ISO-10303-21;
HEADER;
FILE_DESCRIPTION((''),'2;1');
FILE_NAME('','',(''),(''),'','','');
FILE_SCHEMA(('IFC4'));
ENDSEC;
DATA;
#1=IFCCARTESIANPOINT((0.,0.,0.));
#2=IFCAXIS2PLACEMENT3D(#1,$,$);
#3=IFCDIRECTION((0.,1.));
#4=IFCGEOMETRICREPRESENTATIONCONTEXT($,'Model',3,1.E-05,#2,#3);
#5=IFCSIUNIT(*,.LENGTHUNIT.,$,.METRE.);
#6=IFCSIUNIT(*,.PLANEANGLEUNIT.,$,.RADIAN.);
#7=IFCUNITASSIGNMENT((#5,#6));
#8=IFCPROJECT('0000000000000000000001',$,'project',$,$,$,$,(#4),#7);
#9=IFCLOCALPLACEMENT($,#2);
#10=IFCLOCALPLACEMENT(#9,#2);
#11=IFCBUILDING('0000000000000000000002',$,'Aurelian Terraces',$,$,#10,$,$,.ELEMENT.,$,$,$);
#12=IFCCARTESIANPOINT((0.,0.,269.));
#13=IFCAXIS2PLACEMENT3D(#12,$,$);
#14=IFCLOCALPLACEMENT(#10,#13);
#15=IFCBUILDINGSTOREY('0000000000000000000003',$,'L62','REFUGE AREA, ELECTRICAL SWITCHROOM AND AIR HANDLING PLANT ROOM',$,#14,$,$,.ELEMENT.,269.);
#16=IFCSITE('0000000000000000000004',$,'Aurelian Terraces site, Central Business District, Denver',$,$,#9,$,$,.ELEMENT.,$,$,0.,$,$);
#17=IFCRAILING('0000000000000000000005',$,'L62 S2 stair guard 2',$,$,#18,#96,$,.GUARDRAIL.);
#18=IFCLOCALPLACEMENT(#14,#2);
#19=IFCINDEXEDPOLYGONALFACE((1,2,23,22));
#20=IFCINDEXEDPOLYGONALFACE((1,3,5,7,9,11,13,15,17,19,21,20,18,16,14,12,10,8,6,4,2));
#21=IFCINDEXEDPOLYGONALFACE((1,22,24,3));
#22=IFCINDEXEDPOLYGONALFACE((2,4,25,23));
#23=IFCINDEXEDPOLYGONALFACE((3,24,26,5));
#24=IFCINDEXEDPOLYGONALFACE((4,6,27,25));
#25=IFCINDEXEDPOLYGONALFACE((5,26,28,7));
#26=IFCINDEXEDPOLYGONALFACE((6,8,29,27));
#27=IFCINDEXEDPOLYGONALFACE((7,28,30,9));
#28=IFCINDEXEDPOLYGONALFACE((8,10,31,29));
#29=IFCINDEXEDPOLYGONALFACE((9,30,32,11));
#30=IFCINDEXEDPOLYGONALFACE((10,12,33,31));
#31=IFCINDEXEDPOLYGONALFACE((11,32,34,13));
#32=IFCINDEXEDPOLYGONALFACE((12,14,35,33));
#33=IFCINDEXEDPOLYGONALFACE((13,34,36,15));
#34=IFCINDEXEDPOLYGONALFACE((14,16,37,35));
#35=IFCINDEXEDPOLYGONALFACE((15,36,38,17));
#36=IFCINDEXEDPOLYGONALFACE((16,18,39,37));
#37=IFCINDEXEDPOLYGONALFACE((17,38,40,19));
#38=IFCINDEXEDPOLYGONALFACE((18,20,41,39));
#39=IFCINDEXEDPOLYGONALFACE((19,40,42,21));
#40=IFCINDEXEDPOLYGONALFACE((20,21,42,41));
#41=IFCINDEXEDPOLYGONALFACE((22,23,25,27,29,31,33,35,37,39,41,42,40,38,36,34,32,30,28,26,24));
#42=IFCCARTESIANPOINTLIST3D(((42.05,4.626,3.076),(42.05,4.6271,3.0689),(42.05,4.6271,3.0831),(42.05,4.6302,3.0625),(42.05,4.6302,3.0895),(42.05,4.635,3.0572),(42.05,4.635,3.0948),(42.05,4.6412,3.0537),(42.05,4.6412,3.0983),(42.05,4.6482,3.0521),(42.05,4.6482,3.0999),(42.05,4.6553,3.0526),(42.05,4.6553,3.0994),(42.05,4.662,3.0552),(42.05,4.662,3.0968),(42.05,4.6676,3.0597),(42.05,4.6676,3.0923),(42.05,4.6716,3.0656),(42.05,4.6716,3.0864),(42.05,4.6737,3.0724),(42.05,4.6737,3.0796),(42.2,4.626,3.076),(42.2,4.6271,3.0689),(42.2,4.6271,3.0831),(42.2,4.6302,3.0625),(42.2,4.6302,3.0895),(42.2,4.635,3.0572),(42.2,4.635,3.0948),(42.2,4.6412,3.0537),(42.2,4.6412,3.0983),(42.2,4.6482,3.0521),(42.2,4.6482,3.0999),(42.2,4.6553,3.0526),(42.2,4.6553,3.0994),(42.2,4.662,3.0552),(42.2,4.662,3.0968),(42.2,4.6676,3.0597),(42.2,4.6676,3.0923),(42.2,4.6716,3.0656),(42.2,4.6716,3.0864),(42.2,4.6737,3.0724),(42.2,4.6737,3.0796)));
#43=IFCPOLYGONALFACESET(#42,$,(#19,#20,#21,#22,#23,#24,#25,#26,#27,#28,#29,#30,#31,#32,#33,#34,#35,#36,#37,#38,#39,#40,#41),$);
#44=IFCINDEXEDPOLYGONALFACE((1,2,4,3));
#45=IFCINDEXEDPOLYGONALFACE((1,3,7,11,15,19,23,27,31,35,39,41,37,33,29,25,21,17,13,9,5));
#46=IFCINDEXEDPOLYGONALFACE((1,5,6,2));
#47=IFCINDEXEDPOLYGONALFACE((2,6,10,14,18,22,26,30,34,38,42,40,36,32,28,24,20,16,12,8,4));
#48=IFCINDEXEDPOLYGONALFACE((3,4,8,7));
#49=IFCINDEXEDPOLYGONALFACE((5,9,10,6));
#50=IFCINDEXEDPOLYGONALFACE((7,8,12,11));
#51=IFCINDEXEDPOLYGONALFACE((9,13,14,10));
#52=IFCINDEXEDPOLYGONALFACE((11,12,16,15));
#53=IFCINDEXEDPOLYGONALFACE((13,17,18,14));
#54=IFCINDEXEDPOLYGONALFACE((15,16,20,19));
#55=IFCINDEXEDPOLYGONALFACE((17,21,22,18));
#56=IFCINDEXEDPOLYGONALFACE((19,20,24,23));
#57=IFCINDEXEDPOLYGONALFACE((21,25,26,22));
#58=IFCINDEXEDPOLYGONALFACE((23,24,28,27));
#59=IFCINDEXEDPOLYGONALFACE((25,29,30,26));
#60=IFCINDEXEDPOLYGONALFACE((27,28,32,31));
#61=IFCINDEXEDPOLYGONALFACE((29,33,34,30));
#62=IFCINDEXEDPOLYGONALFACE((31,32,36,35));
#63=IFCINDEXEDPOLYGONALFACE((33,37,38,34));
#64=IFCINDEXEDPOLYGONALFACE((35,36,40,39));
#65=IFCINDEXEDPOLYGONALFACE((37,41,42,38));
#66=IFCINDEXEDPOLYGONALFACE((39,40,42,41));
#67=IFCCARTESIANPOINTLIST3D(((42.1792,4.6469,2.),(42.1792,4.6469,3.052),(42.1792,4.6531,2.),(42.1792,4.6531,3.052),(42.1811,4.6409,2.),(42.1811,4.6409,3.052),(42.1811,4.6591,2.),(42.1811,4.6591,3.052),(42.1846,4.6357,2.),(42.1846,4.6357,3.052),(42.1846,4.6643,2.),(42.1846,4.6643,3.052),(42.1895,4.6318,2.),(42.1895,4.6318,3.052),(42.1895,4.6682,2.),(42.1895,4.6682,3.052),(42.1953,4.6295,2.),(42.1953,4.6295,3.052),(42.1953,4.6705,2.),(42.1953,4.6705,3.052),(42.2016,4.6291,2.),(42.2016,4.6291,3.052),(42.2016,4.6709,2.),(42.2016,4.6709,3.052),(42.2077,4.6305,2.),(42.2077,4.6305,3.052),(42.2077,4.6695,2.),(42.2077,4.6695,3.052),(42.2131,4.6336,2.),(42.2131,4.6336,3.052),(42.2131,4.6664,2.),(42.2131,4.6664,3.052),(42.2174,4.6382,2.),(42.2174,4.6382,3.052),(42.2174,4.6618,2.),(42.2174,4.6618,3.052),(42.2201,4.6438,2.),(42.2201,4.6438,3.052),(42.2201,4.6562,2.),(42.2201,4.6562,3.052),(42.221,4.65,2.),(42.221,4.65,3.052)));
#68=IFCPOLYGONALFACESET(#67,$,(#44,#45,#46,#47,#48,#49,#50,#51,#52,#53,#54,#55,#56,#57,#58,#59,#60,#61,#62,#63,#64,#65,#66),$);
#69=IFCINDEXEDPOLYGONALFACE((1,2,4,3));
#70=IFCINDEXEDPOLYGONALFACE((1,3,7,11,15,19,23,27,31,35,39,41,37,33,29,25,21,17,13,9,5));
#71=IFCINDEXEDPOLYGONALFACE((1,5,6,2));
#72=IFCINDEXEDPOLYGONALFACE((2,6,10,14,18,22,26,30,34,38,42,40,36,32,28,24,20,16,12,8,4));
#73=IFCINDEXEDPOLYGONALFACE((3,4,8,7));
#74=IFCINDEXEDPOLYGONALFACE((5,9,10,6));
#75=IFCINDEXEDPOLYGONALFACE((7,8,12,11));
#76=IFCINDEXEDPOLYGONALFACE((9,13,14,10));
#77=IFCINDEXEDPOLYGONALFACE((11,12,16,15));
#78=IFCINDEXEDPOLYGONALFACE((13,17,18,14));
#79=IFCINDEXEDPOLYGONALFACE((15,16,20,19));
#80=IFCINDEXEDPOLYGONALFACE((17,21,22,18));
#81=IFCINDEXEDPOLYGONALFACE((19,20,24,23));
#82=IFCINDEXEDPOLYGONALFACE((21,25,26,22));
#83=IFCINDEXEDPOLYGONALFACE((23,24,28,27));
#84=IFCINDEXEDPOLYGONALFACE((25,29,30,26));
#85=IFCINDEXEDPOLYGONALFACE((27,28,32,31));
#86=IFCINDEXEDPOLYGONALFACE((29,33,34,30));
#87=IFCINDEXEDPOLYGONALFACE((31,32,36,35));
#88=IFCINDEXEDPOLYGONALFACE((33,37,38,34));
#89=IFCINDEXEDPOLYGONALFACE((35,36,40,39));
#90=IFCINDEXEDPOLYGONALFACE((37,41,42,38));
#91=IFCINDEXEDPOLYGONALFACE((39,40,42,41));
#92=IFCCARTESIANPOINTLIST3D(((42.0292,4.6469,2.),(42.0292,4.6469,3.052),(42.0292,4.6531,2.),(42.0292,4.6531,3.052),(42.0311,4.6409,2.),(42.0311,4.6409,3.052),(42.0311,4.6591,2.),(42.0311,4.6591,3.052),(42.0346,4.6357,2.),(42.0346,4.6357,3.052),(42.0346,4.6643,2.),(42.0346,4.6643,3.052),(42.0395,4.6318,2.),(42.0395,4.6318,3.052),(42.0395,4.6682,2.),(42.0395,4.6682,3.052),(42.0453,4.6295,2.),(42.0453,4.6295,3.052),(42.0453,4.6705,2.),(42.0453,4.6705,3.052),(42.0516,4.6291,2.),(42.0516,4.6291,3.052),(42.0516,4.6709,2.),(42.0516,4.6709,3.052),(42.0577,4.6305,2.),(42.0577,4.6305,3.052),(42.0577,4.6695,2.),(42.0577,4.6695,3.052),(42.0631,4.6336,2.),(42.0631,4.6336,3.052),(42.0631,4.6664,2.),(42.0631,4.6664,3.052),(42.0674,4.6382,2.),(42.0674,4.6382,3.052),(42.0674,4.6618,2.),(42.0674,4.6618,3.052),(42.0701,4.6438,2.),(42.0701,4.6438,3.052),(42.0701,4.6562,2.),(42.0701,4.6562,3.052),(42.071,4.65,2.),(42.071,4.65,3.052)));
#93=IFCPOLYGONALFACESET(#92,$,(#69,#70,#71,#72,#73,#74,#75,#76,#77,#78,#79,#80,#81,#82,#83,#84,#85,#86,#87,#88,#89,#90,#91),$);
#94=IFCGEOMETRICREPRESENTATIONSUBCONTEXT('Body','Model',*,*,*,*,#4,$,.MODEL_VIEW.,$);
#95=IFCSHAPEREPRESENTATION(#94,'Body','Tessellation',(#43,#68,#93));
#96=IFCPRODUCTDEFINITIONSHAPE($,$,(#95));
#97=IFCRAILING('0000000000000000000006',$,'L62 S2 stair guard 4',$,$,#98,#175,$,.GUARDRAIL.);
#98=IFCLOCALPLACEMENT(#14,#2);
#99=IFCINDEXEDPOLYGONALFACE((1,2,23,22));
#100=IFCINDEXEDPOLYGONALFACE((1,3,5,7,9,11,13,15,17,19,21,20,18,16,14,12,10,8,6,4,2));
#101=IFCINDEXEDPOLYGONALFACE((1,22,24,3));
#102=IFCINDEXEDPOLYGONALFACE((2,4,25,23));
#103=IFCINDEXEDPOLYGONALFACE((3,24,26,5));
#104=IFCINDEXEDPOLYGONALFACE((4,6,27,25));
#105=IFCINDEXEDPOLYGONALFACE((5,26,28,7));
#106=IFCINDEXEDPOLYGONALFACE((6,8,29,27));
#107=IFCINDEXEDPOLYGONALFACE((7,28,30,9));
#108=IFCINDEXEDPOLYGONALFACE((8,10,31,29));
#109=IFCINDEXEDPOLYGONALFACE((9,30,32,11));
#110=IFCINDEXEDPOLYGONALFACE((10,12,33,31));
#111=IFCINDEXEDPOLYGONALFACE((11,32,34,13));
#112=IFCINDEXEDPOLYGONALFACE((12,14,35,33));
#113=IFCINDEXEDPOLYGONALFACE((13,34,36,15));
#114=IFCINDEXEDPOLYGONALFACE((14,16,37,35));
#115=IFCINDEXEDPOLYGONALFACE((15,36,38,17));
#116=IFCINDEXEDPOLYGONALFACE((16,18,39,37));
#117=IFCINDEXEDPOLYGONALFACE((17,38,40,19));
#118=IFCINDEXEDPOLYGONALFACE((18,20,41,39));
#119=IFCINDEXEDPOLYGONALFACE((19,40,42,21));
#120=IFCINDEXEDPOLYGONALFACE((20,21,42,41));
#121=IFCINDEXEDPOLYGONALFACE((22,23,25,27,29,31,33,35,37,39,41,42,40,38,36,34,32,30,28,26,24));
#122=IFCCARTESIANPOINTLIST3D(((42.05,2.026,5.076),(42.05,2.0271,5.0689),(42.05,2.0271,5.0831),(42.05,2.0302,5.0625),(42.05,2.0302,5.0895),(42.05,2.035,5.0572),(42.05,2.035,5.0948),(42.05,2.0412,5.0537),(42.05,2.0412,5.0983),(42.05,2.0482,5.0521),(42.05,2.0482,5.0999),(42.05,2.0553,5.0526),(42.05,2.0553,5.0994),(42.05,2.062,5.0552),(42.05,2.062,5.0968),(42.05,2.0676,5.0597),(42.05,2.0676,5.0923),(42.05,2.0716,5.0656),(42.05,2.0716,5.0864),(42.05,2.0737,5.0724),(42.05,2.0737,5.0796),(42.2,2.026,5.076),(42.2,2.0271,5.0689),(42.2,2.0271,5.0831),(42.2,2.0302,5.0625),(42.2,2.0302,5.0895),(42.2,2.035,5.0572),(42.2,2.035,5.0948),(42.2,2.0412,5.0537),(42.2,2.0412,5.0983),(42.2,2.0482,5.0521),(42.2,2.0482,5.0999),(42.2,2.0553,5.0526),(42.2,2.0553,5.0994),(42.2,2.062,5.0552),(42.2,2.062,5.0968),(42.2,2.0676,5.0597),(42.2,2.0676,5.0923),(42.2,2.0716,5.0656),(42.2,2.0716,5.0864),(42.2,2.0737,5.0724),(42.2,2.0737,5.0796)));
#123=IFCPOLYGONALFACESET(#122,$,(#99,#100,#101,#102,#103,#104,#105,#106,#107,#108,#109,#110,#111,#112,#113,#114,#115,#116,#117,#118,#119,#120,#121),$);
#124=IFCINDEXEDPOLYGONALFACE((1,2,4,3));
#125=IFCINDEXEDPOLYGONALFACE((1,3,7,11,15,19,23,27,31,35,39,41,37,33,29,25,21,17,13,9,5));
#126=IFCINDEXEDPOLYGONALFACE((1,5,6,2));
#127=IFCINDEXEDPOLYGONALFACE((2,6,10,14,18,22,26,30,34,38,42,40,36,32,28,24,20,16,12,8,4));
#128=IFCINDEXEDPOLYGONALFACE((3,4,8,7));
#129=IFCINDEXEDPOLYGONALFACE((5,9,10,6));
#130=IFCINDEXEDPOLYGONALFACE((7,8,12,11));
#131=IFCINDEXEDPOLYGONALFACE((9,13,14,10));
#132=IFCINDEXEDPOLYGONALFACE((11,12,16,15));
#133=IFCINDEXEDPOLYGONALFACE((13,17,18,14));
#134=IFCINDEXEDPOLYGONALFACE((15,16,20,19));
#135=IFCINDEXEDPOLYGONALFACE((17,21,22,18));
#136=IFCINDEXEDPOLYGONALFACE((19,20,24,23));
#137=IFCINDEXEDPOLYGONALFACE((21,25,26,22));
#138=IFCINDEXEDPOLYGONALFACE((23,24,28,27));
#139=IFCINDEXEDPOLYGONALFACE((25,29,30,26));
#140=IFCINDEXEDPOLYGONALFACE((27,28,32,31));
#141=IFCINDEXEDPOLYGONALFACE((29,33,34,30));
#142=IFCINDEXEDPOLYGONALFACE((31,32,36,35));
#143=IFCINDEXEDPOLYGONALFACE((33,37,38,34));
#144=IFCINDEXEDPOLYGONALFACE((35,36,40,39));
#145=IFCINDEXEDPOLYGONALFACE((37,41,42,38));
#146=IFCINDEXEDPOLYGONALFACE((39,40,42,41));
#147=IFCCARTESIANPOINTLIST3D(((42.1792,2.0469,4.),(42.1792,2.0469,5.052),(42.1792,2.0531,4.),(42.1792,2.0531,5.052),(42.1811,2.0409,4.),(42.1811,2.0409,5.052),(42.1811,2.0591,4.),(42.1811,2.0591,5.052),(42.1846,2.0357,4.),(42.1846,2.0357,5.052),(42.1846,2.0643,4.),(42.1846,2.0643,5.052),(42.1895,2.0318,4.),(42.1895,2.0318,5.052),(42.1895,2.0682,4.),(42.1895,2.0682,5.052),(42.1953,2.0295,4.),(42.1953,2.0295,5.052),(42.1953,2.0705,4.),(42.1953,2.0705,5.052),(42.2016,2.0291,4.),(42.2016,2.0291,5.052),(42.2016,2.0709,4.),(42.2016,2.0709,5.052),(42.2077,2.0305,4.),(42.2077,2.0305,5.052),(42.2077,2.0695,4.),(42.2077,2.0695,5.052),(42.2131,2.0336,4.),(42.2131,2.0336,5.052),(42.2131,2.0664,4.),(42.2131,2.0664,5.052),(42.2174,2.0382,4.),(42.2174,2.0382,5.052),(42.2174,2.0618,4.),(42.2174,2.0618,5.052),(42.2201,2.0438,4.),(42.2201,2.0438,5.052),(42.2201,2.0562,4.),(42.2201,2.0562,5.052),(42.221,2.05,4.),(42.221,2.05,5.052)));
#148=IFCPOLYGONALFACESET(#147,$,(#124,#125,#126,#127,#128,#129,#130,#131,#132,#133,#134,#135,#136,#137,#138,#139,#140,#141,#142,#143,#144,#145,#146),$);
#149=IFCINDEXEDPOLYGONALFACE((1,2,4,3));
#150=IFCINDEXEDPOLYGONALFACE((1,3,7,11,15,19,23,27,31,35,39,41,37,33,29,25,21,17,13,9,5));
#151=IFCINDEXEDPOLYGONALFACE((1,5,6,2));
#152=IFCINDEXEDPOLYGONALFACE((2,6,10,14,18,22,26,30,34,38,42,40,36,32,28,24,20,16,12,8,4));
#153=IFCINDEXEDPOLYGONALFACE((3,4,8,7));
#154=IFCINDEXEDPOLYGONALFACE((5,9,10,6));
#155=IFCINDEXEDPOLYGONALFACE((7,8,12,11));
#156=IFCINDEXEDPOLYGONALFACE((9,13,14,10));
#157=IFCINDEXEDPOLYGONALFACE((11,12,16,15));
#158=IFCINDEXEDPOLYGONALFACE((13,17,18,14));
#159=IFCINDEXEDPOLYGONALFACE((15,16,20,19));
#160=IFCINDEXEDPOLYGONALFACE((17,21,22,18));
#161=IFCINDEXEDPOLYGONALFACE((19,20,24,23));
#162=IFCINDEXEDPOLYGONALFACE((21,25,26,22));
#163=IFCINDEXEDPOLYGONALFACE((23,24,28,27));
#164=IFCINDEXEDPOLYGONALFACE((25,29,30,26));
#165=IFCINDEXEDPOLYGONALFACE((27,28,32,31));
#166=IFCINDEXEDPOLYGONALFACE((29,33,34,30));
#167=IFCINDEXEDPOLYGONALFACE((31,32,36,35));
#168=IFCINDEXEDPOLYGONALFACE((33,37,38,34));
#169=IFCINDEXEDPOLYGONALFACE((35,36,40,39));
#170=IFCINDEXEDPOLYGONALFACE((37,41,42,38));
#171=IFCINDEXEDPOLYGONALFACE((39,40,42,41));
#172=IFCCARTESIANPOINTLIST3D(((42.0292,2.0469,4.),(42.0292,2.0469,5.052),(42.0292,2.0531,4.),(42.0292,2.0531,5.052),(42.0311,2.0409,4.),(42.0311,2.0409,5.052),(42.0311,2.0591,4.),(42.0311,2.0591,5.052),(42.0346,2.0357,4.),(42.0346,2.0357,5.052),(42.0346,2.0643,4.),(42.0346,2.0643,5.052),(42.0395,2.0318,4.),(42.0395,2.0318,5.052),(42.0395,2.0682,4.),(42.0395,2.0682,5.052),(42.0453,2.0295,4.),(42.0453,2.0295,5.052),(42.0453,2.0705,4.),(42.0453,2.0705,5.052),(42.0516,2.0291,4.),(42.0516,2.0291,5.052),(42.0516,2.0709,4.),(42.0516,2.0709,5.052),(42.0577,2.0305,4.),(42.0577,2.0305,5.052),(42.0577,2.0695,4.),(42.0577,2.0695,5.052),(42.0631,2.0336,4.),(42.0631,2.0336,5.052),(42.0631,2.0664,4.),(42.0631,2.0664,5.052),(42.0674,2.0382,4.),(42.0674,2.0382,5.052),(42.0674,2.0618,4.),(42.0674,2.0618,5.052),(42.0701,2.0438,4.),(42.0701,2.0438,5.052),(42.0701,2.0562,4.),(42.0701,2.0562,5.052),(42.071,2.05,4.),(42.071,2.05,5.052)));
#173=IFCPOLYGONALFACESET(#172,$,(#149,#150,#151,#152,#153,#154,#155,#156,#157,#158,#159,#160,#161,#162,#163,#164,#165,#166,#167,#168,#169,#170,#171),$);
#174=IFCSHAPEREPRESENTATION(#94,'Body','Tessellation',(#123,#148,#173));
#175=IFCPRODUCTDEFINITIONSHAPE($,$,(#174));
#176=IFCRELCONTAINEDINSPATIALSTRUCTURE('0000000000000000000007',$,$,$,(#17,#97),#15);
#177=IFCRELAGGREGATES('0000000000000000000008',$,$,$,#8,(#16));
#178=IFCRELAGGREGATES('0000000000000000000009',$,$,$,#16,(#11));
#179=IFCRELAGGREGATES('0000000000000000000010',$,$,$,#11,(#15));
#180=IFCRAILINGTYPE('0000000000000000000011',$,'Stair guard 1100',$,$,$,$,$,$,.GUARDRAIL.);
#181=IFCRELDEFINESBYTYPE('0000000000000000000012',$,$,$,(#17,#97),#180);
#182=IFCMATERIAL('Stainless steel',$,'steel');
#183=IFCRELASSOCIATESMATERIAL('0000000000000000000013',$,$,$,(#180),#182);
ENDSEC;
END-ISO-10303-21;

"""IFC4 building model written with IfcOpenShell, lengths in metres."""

from ifc_helpers import new_model, si_unit, direction, frame, origin, origin_2d, place, context, subcontext, project, spatial, circle, extrude, source, transform, mapped, material, type_object, element, save


model = new_model("IFC4")

# Units and contexts
model_context = context("Model", 3, precision=1e-05, world=origin(), true_north=direction((0.0, 1.0)))
body_context = subcontext(model_context, "Body", "Model", "MODEL_VIEW")
ifc_project = project(units=[si_unit("LENGTHUNIT", "METRE"), si_unit("PLANEANGLEUNIT", "RADIAN")], contexts=[model_context])

# Site, building, storey
site_placement = place(None, origin())
site = spatial("IfcSite", under=ifc_project, at=site_placement, Name="Aurelian Terraces site, Central Business District, Denver", CompositionType="ELEMENT", RefElevation=0.0)
building_placement = place(site_placement, origin())
building = spatial("IfcBuilding", under=site, at=building_placement, Name="Aurelian Terraces", CompositionType="ELEMENT")
storey_placement = place(building_placement, frame((0.0, 0.0, 269.0)))
storey = spatial("IfcBuildingStorey", under=building, at=storey_placement, Name="L62", Description="REFUGE AREA, ELECTRICAL SWITCHROOM AND AIR HANDLING PLANT ROOM", CompositionType="ELEMENT", Elevation=269.0)

# Railings
ifc_material_1 = material(Name="Stainless steel", Category="steel")
railing_type_1 = type_object("IfcRailingType", Name="Stair guard 1100", PredefinedType="GUARDRAIL", material=ifc_material_1)
shared_shape_1 = source(origin(), body_context, "Body", "SweptSolid", [
    extrude(circle(Radius=0.024, at=origin_2d()), frame((0.0, 0.0, 1.076), z_axis=(-1.0, 0.0, 0.0), x_axis=(0.0, -1.0, 0.0)), (0.0, 0.0, 1.0), 0.15),
    extrude(circle(Radius=0.021, at=origin_2d()), origin(), (0.0, 0.0, 1.0), 1.052),
    extrude(circle(Radius=0.021, at=origin_2d()), frame((-0.15, 0.0, 0.0)), (0.0, 0.0, 1.0), 1.052),
])
for number, where, name in (
    (1, (42.2, 4.65, 2.0), "L62 S2 stair guard 2"),
    (2, (42.2, 2.05, 4.0), "L62 S2 stair guard 4"),
):
    element("IfcRailing", number, at=place(storey_placement, frame(where)), inside=storey, type_object=railing_type_1, Name=name, PredefinedType="GUARDRAIL", context=body_context, shape_type="MappedRepresentation", body=[
        mapped(shared_shape_1, transform((0.0, 0.0, 0.0), scale=1.0)),
    ])

save(model, "model.ifc")
